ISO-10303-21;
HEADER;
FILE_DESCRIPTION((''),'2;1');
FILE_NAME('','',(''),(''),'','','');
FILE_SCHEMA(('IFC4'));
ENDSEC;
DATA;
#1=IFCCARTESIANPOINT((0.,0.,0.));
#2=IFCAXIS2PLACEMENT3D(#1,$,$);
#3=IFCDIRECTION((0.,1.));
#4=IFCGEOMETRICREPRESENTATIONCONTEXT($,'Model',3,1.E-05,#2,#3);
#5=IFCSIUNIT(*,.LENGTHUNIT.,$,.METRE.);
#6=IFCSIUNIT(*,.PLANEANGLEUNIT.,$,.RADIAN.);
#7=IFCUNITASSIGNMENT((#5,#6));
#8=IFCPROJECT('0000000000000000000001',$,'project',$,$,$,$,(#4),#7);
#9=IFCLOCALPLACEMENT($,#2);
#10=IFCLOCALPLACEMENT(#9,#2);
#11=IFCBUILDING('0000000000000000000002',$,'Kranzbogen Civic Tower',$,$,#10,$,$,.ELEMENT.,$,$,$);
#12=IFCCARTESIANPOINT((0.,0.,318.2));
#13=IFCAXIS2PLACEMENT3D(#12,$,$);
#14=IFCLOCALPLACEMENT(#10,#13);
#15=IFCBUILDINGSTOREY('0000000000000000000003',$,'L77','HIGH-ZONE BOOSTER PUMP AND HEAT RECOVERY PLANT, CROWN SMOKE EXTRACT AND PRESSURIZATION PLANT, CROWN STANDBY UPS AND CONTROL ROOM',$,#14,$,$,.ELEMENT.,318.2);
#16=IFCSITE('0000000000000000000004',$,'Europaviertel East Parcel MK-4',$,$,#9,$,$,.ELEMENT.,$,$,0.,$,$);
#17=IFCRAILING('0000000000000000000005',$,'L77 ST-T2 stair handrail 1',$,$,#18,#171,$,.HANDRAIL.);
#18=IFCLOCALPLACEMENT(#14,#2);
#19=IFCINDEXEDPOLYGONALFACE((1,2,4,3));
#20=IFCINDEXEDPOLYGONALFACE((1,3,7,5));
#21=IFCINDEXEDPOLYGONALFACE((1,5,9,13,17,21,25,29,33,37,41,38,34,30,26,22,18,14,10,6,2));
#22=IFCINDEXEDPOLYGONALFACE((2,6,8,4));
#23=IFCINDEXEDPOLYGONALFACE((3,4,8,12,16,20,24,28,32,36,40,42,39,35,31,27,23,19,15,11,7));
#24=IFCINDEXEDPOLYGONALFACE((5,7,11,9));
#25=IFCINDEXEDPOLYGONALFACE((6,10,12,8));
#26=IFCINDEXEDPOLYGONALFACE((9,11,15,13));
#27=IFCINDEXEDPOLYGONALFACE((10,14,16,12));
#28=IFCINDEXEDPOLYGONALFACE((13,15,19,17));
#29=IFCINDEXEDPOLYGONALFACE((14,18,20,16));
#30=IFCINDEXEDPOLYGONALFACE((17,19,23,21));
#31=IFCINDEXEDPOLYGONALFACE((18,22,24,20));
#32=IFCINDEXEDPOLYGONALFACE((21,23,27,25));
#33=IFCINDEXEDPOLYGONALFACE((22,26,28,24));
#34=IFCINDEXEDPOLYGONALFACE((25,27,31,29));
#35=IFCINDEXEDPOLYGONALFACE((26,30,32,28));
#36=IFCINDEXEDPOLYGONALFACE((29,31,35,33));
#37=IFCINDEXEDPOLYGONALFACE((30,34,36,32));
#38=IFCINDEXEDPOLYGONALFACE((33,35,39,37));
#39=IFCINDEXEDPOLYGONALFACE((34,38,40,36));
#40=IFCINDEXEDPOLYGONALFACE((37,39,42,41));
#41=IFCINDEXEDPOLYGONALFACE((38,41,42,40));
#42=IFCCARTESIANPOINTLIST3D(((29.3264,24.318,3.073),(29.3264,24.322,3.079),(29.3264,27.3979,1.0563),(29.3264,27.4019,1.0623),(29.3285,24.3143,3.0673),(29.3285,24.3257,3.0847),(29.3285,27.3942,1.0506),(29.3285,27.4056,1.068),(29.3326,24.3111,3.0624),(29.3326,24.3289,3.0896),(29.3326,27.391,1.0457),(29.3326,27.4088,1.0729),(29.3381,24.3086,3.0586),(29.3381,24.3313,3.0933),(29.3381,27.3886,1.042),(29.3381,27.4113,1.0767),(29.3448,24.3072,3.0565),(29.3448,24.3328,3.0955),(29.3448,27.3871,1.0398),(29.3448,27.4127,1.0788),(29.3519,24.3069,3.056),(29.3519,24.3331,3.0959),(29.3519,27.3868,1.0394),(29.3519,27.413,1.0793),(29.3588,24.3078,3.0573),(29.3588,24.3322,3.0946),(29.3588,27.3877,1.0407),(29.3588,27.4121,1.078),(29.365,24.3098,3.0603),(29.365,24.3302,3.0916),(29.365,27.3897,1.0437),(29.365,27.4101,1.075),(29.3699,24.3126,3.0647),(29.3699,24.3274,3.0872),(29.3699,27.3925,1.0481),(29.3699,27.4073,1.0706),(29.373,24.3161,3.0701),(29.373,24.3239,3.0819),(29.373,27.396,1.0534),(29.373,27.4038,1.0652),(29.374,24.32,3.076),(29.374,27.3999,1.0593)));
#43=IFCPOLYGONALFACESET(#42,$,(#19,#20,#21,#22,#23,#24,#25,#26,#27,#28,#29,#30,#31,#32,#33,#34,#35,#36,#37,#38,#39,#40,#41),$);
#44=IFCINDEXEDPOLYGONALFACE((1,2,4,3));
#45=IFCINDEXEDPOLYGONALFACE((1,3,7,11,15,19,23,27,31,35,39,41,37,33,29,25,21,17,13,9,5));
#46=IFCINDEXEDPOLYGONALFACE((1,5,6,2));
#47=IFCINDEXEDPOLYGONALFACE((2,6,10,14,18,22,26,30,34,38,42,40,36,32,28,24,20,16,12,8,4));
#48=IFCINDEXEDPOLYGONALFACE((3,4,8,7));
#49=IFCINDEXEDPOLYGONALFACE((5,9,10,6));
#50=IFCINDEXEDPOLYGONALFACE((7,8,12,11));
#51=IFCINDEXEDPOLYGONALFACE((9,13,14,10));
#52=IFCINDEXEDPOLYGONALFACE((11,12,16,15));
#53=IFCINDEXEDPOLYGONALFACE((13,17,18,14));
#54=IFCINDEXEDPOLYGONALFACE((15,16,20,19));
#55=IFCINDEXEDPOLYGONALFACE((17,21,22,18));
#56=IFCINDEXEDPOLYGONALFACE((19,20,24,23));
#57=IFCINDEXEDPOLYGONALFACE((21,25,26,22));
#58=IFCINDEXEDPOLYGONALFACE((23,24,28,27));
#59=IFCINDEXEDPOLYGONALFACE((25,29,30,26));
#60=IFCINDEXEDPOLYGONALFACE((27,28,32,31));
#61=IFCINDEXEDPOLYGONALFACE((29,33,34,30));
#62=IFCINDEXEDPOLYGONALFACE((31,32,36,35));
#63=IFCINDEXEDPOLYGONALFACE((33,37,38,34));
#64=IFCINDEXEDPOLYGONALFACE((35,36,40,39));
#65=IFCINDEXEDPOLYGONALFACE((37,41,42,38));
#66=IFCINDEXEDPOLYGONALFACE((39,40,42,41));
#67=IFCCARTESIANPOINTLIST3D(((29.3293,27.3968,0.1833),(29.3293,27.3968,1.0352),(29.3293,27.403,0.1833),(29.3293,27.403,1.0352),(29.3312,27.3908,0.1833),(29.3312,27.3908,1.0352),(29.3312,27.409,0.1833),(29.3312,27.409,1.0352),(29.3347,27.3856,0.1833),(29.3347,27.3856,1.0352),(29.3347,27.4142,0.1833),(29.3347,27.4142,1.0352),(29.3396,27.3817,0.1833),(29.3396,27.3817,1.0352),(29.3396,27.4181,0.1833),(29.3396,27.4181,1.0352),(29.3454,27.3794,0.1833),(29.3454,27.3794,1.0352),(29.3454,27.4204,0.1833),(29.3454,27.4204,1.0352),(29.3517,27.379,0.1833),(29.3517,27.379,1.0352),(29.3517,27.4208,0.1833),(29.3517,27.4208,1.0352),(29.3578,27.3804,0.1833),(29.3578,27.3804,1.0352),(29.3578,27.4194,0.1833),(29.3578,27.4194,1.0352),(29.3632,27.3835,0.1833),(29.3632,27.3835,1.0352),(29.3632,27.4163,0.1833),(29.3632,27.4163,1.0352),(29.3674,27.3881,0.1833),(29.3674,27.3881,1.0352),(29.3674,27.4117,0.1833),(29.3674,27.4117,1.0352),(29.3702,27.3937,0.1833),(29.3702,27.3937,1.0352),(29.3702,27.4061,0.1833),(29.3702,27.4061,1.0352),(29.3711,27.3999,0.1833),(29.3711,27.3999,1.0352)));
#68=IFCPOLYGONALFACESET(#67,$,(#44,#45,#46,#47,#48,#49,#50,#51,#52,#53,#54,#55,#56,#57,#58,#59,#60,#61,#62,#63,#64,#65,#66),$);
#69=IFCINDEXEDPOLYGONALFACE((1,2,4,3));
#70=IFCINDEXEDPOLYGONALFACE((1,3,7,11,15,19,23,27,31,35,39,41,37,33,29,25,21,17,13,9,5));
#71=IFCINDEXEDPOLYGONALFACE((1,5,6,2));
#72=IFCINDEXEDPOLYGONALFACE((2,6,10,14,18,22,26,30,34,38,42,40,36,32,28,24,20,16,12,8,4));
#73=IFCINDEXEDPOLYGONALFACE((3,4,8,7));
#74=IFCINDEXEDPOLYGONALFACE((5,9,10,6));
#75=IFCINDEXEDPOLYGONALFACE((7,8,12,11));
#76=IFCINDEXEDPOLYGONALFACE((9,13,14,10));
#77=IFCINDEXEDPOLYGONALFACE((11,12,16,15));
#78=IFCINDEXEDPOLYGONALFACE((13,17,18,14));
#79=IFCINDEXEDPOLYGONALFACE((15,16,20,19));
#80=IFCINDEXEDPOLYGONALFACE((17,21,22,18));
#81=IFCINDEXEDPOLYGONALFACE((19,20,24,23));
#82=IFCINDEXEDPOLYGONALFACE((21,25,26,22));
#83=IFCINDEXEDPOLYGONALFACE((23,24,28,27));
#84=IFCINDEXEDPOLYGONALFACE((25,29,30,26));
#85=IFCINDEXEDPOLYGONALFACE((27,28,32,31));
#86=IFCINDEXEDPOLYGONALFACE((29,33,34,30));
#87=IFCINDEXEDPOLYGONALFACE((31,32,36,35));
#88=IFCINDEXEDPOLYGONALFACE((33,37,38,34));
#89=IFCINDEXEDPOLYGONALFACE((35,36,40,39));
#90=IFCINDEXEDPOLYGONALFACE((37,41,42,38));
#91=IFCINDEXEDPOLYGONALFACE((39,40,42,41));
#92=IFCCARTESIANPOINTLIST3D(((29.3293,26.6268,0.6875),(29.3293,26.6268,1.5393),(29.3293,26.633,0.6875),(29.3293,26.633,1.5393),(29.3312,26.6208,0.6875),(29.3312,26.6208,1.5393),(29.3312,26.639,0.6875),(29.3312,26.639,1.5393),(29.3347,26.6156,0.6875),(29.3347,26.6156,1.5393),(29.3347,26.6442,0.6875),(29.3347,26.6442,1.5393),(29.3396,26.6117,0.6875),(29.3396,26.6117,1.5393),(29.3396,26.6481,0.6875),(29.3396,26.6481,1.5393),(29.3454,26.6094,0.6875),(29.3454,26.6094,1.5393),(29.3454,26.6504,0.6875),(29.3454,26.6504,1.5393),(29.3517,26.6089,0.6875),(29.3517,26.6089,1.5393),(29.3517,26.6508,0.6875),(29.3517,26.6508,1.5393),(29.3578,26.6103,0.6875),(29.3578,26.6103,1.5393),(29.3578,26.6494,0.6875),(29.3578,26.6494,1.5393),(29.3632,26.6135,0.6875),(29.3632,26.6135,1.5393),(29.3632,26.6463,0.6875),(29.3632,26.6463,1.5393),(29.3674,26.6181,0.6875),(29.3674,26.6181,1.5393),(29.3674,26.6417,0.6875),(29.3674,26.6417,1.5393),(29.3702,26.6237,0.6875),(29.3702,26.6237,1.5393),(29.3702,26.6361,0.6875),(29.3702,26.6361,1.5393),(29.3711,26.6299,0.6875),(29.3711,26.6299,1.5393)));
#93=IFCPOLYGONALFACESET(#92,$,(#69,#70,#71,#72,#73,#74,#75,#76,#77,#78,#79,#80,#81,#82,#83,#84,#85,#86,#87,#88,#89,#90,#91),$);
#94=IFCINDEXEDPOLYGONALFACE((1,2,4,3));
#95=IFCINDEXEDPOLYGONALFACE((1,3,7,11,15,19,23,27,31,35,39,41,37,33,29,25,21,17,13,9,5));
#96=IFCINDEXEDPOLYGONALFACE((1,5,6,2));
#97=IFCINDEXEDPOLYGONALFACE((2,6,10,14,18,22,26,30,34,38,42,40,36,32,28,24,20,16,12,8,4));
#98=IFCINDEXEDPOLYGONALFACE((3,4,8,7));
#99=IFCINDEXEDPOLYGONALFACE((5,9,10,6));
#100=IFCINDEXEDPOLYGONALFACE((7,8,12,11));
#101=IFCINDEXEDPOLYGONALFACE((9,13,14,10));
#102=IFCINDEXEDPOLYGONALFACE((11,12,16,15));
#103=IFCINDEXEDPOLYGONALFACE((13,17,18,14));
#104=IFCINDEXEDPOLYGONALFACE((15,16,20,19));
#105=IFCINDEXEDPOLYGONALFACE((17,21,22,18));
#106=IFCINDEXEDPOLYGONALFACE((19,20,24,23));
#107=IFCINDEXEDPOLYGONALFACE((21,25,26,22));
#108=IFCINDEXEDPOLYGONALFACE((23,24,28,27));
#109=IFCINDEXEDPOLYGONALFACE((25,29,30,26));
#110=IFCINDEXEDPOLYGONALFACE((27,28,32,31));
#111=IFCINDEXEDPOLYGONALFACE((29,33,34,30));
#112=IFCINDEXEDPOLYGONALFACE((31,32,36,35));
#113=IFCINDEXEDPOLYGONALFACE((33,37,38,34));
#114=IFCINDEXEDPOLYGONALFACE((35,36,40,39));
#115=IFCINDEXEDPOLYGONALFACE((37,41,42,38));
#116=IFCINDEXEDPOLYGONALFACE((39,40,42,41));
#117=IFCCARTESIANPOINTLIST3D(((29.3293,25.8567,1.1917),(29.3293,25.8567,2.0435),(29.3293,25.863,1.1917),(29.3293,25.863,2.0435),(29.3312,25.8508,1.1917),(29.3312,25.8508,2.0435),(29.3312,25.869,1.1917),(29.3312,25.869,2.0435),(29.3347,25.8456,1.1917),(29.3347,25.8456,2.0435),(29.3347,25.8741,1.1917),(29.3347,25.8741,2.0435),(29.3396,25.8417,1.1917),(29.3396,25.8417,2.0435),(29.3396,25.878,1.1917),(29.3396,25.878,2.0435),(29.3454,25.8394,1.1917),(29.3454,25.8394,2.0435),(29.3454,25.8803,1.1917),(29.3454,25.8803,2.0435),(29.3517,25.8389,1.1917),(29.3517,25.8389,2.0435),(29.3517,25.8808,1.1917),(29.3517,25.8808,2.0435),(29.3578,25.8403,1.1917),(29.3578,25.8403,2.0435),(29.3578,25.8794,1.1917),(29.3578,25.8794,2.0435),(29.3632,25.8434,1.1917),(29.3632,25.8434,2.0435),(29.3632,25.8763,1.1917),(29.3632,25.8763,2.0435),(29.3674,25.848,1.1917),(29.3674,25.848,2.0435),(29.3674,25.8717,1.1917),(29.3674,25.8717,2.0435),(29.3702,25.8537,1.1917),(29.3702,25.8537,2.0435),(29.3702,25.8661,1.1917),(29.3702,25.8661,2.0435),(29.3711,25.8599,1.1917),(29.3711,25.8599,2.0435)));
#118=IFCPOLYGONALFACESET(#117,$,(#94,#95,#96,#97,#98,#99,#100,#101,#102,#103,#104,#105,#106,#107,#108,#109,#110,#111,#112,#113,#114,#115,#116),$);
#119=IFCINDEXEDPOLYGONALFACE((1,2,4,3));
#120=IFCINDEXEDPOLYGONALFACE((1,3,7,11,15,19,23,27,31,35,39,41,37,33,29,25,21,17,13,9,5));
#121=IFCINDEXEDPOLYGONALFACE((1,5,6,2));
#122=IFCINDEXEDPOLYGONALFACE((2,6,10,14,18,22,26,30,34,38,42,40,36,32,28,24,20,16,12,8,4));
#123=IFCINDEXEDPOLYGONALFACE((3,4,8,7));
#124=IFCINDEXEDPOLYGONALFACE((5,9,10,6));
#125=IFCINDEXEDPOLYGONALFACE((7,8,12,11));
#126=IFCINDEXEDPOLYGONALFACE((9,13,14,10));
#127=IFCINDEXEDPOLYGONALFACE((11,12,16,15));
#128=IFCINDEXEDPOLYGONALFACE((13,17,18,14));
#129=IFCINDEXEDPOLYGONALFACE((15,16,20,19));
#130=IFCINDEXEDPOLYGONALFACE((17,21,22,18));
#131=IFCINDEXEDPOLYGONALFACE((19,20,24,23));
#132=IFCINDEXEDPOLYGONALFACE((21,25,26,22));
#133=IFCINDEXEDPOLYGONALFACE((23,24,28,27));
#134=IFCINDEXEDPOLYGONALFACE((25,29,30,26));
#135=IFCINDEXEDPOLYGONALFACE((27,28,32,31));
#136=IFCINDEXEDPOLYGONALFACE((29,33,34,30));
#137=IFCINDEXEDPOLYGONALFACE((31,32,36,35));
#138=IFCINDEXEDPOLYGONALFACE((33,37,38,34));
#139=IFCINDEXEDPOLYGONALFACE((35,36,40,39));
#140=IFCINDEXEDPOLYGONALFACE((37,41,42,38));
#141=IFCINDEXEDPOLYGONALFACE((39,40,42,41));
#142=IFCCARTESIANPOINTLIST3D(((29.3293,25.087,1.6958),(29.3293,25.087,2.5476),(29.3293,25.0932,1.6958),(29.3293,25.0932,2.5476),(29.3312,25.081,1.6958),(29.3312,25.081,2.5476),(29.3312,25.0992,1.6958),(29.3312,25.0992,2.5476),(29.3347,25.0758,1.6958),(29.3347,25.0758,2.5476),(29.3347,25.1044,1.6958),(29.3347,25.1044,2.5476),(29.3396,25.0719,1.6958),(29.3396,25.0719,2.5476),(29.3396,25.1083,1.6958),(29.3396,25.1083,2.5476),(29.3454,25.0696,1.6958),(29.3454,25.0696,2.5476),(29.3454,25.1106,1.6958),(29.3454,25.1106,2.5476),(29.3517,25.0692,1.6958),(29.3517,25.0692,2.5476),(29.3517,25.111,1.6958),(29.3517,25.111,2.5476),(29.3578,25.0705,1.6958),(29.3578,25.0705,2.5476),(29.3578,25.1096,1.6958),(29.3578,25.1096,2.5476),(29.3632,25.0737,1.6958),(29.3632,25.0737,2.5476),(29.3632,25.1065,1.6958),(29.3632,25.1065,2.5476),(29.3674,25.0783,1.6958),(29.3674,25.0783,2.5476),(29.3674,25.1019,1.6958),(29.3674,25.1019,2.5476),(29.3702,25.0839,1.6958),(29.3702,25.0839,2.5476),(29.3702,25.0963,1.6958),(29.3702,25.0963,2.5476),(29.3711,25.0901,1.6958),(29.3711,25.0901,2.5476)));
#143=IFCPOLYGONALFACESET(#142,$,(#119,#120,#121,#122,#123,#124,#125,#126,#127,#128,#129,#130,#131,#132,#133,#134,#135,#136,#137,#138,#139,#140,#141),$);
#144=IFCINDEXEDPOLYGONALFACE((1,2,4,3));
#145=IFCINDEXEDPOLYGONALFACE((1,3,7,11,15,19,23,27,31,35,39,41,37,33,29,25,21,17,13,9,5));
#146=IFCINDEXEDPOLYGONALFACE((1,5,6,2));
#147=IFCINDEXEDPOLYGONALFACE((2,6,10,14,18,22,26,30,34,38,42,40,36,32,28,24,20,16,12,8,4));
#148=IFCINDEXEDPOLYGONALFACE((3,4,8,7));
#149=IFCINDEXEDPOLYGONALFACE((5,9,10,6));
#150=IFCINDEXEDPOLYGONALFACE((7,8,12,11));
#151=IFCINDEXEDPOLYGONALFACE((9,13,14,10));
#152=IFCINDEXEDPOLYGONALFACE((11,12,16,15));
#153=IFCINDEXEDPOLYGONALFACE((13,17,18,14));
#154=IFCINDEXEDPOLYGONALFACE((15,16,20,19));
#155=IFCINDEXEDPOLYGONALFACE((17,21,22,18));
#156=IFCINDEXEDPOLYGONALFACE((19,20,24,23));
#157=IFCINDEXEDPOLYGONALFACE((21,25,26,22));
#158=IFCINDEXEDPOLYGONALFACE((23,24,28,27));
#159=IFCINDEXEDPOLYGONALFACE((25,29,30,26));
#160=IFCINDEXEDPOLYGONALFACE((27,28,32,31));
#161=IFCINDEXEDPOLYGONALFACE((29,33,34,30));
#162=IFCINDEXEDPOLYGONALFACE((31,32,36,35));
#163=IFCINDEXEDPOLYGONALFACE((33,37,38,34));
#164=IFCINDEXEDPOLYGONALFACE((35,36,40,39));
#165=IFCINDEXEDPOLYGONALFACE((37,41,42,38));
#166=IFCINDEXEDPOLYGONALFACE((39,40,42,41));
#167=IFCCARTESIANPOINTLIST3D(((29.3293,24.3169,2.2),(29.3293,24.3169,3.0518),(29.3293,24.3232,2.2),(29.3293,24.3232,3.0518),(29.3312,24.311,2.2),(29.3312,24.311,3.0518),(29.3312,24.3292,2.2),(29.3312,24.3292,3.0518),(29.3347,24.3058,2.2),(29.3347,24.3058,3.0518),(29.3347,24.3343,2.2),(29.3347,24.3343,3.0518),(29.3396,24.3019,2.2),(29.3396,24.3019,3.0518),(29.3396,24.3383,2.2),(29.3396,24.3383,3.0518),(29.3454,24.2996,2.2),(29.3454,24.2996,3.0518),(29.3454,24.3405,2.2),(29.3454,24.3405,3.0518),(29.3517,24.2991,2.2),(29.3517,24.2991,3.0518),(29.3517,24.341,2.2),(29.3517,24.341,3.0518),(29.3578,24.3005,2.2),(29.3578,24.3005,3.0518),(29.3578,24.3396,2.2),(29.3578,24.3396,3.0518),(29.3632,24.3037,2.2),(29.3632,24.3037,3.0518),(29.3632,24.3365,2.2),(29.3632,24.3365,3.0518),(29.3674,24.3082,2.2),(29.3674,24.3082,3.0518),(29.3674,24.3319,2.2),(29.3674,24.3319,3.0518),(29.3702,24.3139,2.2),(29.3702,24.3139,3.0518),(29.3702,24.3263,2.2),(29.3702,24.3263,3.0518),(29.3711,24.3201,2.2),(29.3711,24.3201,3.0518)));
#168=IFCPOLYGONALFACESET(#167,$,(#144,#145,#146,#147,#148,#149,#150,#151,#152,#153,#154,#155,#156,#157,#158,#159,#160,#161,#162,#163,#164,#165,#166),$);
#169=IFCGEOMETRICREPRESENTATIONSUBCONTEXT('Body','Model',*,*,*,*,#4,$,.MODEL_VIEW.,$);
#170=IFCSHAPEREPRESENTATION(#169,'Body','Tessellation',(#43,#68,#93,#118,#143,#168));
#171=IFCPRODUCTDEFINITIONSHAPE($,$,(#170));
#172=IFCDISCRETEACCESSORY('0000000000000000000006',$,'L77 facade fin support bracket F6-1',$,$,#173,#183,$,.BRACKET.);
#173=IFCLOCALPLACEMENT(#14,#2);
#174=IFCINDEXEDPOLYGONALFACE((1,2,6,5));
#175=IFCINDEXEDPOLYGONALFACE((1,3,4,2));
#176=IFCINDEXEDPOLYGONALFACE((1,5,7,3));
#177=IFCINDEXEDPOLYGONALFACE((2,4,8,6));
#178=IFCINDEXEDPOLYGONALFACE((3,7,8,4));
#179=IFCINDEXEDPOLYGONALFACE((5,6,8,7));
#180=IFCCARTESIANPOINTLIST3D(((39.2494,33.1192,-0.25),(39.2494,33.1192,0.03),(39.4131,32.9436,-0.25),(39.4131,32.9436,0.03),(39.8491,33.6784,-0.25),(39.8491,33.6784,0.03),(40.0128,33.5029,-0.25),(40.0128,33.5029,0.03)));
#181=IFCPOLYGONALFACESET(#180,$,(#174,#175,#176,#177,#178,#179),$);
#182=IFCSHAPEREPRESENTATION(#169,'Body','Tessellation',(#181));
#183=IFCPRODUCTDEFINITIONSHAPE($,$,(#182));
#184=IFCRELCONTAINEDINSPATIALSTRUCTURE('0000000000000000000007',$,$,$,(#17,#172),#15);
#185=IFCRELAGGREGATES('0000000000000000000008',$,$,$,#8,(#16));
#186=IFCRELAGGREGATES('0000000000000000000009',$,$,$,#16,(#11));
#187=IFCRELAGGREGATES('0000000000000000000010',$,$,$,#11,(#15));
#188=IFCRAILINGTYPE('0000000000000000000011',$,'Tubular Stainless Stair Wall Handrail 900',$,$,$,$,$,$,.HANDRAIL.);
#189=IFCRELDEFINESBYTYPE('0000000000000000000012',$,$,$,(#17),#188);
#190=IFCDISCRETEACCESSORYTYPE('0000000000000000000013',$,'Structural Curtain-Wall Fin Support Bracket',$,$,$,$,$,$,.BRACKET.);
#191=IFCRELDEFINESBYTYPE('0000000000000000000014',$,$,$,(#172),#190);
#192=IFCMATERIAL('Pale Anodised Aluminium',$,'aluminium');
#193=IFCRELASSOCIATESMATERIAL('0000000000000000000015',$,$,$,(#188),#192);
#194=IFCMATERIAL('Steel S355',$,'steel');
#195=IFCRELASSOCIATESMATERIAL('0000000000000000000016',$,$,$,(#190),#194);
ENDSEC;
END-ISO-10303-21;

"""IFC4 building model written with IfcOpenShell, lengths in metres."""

from ifc_helpers import new_model, si_unit, direction, frame, origin, origin_2d, place, context, subcontext, project, spatial, rectangle, circle, extrude, material, type_object, element, save


model = new_model("IFC4")

# Units and contexts
model_context = context("Model", 3, precision=1e-05, world=origin(), true_north=direction((0.0, 1.0)))
body_context = subcontext(model_context, "Body", "Model", "MODEL_VIEW")
ifc_project = project(units=[si_unit("LENGTHUNIT", "METRE"), si_unit("PLANEANGLEUNIT", "RADIAN")], contexts=[model_context])

# Site, building, storey
site_placement = place(None, origin())
site = spatial("IfcSite", under=ifc_project, at=site_placement, Name="Europaviertel East Parcel MK-4", CompositionType="ELEMENT", RefElevation=0.0)
building_placement = place(site_placement, origin())
building = spatial("IfcBuilding", under=site, at=building_placement, Name="Kranzbogen Civic Tower", CompositionType="ELEMENT")
storey_placement = place(building_placement, frame((0.0, 0.0, 318.2)))
storey = spatial("IfcBuildingStorey", under=building, at=storey_placement, Name="L77", Description="HIGH-ZONE BOOSTER PUMP AND HEAT RECOVERY PLANT, CROWN SMOKE EXTRACT AND PRESSURIZATION PLANT, CROWN STANDBY UPS AND CONTROL ROOM", CompositionType="ELEMENT", Elevation=318.2)

# Shared definitions
ifc_material_1 = material(Name="Steel S355", Category="steel")

# Shared definitions
ifc_material_2 = material(Name="Pale Anodised Aluminium", Category="aluminium")

# Railing
railing_type_1 = type_object("IfcRailingType", Name="Tubular Stainless Stair Wall Handrail 900", PredefinedType="HANDRAIL", material=ifc_material_2)
railing_1_placement = place(storey_placement, frame((29.3501, 27.3999, 0.1833)))
element("IfcRailing", 1, at=railing_1_placement, inside=storey, type_object=railing_type_1, Name="L77 ST-T2 stair handrail 1", PredefinedType="HANDRAIL", context=body_context, shape_type="SweptSolid", body=[
    extrude(circle(Radius=0.0239, at=origin_2d()), frame((0.0, 0.0, 0.876), z_axis=(0.0, -0.836613, 0.547794), x_axis=(1.0, 0.0, 0.0)), (0.0, 0.0, 1.0), 3.6814),
    extrude(circle(Radius=0.021, at=origin_2d()), origin(), (0.0, 0.0, 1.0), 0.8518),
    extrude(circle(Radius=0.021, at=origin_2d()), frame((0.0, -0.77, 0.5042)), (0.0, 0.0, 1.0), 0.8518),
    extrude(circle(Radius=0.021, at=origin_2d()), frame((0.0, -1.54, 1.0083)), (0.0, 0.0, 1.0), 0.8518),
    extrude(circle(Radius=0.021, at=origin_2d()), frame((0.0, -2.3098, 1.5125)), (0.0, 0.0, 1.0), 0.8518),
    extrude(circle(Radius=0.021, at=origin_2d()), frame((0.0, -3.0798, 2.0166)), (0.0, 0.0, 1.0), 0.8518),
])

# Discrete accessory
discrete_accessory_type = type_object("IfcDiscreteAccessoryType", Name="Structural Curtain-Wall Fin Support Bracket", PredefinedType="BRACKET", material=ifc_material_1)
discrete_accessory_placement = place(storey_placement, frame((39.6311, 33.311, -0.25), z_axis=(0.0, 0.0, 1.0), x_axis=(0.731354, 0.681998, 0.0)))
element("IfcDiscreteAccessory", 2, at=discrete_accessory_placement, inside=storey, type_object=discrete_accessory_type, Name="L77 facade fin support bracket F6-1", PredefinedType="BRACKET", context=body_context, shape_type="SweptSolid", body=[
    extrude(rectangle(XDim=0.8201, YDim=0.24, at=origin_2d()), origin(), (0.0, 0.0, 1.0), 0.28),
])

save(model, "model.ifc")
